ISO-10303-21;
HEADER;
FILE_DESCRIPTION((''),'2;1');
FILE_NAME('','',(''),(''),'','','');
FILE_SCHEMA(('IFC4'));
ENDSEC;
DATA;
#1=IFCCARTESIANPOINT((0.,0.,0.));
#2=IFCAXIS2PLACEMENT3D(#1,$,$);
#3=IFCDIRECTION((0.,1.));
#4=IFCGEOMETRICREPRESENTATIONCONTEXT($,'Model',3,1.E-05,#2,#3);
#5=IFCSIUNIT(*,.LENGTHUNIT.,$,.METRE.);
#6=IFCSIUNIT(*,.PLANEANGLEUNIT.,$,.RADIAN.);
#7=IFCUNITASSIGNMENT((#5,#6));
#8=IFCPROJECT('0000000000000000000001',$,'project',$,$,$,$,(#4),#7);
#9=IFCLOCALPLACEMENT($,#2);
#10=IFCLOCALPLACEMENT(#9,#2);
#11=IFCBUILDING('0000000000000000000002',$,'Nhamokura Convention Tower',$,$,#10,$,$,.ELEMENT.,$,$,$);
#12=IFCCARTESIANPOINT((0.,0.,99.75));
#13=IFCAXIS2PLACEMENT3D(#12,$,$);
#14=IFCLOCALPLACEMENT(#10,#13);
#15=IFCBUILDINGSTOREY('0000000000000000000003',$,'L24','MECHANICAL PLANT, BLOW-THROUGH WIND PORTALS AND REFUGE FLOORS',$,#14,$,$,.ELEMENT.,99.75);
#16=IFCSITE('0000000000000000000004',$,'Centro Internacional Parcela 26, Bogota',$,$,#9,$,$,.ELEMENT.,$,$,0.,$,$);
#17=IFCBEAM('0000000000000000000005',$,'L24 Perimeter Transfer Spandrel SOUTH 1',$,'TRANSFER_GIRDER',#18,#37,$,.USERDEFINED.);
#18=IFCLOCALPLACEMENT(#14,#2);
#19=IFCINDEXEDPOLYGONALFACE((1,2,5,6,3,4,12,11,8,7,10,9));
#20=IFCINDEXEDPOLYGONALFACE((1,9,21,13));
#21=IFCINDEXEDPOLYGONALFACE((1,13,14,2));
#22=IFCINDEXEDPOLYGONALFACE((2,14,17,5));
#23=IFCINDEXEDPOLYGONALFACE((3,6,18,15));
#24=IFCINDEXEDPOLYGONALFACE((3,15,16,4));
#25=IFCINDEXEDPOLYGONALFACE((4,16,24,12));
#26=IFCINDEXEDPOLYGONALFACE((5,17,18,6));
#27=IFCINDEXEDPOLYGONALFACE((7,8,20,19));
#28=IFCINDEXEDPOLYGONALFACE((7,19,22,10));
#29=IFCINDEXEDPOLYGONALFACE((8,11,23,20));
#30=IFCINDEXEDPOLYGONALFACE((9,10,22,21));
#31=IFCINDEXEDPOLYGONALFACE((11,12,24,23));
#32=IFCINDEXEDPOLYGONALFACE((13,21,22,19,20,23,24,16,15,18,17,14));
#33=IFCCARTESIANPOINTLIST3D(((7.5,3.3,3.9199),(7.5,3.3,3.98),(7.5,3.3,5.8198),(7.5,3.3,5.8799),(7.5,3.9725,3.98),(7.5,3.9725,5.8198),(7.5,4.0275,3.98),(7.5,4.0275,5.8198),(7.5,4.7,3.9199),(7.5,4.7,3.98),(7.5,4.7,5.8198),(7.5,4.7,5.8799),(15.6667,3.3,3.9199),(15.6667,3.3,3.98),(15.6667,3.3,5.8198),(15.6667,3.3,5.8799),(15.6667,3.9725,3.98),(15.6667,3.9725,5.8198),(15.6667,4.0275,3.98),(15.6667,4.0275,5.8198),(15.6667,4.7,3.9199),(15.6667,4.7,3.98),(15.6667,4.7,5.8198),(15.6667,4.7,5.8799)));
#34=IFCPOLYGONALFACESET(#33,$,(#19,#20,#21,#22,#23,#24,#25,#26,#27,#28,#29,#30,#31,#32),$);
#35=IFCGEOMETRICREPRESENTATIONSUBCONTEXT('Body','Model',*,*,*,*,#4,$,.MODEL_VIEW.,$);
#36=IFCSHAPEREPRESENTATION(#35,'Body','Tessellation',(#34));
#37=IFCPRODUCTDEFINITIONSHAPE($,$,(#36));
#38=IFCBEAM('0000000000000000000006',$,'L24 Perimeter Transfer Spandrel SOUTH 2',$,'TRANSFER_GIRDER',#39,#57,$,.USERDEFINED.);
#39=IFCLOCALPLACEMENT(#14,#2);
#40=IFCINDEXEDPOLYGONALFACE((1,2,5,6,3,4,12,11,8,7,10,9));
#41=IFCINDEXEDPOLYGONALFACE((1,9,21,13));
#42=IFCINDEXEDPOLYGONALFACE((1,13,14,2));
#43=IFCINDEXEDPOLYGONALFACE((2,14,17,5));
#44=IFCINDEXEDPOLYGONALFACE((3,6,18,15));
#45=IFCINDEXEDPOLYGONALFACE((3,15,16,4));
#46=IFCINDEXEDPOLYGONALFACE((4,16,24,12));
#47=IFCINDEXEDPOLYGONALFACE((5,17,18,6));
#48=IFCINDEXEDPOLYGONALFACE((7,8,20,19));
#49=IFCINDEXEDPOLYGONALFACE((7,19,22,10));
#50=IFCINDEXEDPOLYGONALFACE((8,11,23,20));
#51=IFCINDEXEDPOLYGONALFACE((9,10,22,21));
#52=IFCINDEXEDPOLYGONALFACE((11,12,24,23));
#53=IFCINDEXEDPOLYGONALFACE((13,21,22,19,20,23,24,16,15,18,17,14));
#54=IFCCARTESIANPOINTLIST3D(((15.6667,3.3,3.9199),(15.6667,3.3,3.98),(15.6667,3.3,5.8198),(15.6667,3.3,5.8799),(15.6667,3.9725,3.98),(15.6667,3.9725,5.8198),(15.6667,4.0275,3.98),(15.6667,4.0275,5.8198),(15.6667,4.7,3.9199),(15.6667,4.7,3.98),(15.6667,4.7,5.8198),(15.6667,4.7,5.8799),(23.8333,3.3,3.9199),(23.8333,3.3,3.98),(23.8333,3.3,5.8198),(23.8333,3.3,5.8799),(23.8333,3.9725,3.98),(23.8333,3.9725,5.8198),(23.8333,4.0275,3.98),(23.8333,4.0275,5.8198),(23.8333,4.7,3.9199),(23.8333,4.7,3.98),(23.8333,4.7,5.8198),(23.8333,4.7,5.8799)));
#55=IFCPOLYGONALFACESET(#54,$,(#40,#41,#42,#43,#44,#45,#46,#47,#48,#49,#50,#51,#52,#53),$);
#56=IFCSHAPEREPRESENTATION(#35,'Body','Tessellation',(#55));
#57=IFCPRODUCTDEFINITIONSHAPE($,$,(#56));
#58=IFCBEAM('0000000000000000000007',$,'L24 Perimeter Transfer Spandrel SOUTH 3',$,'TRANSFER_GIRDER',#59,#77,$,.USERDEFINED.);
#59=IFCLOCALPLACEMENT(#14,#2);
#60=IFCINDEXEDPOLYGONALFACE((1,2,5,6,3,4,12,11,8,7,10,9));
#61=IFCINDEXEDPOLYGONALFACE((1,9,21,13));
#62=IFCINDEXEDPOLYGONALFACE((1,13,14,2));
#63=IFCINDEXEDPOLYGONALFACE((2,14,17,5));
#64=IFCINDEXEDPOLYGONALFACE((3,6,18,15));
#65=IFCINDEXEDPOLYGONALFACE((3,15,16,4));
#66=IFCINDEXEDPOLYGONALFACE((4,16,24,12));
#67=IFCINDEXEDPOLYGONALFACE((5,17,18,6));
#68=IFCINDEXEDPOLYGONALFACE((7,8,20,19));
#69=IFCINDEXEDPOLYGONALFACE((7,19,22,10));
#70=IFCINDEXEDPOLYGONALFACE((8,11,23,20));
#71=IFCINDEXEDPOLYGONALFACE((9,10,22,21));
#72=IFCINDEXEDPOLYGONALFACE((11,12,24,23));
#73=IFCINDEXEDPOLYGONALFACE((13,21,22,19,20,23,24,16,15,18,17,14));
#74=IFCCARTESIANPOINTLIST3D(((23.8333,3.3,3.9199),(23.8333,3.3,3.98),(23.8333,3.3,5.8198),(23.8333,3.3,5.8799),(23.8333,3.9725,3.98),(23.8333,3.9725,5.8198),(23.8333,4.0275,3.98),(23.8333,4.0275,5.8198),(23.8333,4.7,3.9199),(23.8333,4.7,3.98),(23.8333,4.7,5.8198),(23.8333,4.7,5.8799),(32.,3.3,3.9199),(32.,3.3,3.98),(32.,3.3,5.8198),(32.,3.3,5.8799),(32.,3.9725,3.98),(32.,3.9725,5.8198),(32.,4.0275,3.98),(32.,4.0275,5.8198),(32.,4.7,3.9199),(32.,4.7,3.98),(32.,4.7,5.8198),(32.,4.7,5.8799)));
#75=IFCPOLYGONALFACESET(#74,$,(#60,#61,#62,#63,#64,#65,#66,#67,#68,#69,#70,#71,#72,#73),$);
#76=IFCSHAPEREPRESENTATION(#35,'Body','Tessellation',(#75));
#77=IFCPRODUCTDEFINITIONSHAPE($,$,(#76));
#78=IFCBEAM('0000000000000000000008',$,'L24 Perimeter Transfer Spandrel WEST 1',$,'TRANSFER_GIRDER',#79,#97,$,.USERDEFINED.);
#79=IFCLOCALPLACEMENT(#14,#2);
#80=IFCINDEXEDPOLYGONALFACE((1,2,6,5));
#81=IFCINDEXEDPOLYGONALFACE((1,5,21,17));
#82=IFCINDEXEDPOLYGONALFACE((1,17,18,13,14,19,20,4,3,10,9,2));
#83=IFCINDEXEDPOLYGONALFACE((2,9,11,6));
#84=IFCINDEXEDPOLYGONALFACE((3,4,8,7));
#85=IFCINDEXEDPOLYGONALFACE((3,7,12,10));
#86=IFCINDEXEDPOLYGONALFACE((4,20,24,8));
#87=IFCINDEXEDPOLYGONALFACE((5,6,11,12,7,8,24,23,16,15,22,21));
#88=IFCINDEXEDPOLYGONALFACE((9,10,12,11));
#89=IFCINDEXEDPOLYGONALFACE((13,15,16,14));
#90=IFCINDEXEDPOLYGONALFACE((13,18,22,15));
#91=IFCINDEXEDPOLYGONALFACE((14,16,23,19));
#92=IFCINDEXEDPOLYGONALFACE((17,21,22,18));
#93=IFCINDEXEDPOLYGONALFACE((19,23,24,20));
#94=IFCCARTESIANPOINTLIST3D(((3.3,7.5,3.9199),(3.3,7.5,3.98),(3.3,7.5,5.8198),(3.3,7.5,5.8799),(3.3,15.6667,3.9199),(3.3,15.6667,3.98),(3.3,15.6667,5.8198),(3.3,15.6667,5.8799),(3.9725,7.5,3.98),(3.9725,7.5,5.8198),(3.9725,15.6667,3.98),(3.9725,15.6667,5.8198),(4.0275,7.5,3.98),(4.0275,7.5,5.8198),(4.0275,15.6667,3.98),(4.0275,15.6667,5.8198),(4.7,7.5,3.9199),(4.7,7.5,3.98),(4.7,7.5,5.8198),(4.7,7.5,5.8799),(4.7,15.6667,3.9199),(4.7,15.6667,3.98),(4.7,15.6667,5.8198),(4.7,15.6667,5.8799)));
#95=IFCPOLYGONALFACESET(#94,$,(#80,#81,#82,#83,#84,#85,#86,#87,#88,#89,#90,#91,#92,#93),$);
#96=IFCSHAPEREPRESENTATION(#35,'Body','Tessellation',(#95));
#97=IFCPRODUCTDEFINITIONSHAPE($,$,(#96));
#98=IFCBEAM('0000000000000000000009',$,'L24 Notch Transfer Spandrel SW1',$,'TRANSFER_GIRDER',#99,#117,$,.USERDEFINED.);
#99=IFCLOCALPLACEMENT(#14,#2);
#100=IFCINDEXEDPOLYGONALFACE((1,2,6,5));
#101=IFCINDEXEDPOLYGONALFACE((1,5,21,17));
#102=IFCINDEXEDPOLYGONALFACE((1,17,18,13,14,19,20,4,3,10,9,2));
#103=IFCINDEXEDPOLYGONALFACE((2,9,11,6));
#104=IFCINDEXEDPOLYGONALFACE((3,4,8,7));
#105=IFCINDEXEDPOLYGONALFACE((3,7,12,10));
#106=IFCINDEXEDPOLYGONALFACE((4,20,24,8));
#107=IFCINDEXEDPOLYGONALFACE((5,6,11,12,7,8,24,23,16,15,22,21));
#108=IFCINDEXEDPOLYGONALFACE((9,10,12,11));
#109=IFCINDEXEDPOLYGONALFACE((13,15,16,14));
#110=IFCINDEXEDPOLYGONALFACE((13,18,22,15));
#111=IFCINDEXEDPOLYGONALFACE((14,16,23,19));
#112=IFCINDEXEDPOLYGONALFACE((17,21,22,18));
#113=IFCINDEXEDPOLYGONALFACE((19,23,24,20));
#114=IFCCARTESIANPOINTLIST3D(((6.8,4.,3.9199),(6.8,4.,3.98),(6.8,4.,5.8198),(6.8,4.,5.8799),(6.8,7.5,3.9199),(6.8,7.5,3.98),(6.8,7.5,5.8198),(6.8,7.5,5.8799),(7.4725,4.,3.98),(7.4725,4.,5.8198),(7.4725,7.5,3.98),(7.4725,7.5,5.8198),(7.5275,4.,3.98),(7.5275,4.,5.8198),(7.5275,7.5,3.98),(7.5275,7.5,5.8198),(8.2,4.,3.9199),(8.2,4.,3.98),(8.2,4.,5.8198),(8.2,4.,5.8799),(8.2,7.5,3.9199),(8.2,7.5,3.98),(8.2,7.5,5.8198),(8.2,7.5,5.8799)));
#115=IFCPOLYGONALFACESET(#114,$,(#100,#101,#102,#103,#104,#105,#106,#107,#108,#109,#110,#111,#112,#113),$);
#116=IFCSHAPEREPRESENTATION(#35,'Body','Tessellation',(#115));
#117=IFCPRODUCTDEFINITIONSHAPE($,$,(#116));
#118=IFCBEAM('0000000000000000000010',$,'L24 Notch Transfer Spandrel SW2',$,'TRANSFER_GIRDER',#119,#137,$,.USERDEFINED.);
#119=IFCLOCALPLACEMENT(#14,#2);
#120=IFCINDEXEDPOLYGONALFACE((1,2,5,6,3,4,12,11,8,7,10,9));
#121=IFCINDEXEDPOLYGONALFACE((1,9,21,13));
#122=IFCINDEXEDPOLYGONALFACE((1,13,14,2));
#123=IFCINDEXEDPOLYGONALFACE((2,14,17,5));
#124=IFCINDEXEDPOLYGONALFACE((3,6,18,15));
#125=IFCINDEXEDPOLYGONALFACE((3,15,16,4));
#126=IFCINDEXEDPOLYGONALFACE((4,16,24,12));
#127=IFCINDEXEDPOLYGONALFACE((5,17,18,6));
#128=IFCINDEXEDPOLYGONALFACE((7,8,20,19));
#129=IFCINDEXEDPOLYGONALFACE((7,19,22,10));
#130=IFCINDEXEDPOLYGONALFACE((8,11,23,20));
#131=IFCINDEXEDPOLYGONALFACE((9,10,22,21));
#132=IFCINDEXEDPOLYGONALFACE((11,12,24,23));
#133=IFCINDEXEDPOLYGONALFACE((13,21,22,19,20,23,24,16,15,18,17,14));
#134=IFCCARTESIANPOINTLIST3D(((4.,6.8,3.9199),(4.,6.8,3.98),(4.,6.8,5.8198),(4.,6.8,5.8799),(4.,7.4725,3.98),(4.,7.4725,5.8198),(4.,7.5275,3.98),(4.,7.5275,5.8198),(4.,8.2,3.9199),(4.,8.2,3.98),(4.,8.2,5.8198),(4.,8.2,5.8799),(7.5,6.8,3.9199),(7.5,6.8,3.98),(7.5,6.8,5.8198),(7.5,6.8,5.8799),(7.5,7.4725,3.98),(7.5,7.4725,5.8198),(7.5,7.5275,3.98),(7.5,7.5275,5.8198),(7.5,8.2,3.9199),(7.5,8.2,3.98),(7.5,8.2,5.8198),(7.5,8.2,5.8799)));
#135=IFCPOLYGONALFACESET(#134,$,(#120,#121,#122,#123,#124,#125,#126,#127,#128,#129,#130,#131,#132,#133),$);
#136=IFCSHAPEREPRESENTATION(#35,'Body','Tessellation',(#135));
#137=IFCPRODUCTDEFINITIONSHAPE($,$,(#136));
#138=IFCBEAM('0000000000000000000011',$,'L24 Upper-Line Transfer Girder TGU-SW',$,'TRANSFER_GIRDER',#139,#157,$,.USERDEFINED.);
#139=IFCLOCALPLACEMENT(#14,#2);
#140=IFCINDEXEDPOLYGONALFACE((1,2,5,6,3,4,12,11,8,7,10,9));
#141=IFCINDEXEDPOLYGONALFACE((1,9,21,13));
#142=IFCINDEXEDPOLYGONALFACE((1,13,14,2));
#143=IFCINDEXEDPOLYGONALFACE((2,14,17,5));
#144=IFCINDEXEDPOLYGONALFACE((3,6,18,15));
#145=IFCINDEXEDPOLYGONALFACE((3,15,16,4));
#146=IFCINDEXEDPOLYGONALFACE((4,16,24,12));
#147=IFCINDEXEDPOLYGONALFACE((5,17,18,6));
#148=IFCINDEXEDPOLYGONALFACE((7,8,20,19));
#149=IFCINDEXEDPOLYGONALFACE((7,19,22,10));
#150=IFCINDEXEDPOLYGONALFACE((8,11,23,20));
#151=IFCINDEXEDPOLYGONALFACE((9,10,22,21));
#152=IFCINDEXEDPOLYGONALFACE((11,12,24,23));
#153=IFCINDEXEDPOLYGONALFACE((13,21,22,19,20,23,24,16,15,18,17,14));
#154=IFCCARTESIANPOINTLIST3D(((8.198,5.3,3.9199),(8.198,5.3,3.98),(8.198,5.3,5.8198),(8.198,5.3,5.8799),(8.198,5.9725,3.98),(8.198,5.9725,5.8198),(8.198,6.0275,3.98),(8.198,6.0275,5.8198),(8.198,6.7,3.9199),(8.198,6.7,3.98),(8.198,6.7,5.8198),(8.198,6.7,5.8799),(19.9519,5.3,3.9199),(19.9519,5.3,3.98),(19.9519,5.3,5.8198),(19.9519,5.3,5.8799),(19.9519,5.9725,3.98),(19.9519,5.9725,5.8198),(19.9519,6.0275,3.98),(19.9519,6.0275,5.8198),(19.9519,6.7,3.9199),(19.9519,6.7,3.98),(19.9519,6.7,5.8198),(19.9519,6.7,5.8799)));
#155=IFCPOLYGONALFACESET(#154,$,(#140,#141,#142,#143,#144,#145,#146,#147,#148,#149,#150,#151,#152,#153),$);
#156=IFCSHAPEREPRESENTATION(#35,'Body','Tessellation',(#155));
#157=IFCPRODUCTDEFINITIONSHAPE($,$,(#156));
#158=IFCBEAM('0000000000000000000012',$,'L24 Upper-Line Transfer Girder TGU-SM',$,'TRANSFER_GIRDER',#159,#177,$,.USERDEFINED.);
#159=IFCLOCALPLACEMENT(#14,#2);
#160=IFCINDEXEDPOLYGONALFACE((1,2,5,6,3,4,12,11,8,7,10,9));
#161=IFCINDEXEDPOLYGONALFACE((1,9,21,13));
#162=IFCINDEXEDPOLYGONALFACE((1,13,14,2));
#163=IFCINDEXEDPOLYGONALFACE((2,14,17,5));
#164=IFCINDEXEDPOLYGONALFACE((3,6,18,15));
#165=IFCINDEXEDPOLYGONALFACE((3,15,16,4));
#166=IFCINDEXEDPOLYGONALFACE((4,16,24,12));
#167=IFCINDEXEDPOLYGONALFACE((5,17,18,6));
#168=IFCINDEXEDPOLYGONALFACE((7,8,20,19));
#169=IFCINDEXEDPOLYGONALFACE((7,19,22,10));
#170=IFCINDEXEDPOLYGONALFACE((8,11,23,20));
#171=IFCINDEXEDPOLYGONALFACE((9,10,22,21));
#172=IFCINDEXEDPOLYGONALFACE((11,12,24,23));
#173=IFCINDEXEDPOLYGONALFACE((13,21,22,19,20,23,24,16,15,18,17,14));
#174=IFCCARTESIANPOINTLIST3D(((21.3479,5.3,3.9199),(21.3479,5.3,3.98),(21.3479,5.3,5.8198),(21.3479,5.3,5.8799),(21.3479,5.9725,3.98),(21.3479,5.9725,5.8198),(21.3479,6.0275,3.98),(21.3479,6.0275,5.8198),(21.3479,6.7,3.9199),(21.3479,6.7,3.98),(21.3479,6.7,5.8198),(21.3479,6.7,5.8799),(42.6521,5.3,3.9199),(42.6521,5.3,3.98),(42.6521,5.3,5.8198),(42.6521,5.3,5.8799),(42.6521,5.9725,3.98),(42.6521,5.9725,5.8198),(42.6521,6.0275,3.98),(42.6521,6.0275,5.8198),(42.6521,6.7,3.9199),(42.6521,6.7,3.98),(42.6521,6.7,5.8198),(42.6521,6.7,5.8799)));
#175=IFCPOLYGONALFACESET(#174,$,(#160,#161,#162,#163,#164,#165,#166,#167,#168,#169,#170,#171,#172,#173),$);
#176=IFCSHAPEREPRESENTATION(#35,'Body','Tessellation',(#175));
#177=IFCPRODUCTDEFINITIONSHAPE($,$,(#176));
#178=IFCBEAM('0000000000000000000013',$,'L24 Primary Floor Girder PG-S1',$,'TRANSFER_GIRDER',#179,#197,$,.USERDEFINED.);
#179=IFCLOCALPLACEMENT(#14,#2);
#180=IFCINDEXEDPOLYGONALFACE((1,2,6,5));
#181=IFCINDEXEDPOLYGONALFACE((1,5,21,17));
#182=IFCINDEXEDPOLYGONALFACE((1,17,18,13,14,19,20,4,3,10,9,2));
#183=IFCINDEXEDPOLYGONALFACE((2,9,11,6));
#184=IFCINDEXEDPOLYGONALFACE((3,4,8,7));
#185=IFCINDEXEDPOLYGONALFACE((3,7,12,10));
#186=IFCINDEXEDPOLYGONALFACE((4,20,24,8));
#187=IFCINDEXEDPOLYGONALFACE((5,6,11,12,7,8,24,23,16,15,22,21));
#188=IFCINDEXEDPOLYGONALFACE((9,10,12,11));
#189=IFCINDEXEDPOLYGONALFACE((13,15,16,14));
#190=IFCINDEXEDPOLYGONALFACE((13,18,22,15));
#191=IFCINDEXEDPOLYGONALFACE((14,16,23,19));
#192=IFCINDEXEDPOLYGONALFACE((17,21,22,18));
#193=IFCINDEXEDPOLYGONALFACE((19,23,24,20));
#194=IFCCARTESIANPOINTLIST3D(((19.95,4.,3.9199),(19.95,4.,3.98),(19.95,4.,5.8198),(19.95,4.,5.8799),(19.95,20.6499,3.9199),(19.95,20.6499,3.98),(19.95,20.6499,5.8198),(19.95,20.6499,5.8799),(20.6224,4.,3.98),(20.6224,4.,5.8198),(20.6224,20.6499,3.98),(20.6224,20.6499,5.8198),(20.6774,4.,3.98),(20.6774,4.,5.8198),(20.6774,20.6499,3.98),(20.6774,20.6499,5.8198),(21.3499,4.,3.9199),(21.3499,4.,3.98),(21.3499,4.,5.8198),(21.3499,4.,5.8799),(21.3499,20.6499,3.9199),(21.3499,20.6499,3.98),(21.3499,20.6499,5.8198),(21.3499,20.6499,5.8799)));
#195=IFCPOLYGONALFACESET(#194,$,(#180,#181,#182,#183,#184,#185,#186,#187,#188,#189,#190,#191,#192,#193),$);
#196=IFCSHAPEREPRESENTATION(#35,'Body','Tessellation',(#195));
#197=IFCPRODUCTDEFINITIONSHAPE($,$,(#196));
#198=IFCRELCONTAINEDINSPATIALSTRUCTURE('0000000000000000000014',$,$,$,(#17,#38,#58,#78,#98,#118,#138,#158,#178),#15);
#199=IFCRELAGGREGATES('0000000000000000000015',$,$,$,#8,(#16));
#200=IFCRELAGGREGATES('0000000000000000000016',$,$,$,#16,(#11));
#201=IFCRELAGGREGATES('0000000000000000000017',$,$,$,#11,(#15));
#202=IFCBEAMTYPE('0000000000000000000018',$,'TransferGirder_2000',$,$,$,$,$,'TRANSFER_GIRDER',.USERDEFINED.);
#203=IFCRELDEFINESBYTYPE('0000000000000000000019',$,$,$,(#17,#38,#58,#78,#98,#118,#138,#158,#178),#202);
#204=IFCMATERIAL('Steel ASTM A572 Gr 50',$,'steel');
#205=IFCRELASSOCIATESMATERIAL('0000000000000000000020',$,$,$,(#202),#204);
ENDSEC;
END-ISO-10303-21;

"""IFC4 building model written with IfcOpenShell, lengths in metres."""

from ifc_helpers import new_model, si_unit, direction, frame, origin, origin_2d, place, context, subcontext, project, spatial, i_section, extrude, material, material_profile, profile_set, type_object, element, save


model = new_model("IFC4")

# Units and contexts
model_context = context("Model", 3, precision=1e-05, world=origin(), true_north=direction((0.0, 1.0)))
body_context = subcontext(model_context, "Body", "Model", "MODEL_VIEW")
ifc_project = project(units=[si_unit("LENGTHUNIT", "METRE"), si_unit("PLANEANGLEUNIT", "RADIAN")], contexts=[model_context])

# Site, building, storey
site_placement = place(None, origin())
site = spatial("IfcSite", under=ifc_project, at=site_placement, Name="Centro Internacional Parcela 26, Bogota", CompositionType="ELEMENT", RefElevation=0.0)
building_placement = place(site_placement, origin())
building = spatial("IfcBuilding", under=site, at=building_placement, Name="Nhamokura Convention Tower", CompositionType="ELEMENT")
storey_placement = place(building_placement, frame((0.0, 0.0, 99.75)))
storey = spatial("IfcBuildingStorey", under=building, at=storey_placement, Name="L24", Description="MECHANICAL PLANT, BLOW-THROUGH WIND PORTALS AND REFUGE FLOORS", CompositionType="ELEMENT", Elevation=99.75)

# Beams
ifc_material_1 = material(Name="Steel ASTM A572 Gr 50", Category="steel")
ifc_material_profile_1 = material_profile(ifc_material_1, i_section(OverallWidth=1.3999, OverallDepth=1.96, WebThickness=0.0549, FlangeThickness=0.0601, at=origin_2d()))
ifc_profile_set_1 = profile_set([ifc_material_profile_1], Name="Steel ASTM A572 Gr 50")
beam_type_1 = type_object("IfcBeamType", Name="TransferGirder_2000", ElementType="TRANSFER_GIRDER", PredefinedType="USERDEFINED", material=ifc_profile_set_1)
beam_1_placement = place(storey_placement, frame((7.5, 4.0, 4.8999), z_axis=(1.0, 0.0, 0.0), x_axis=(0.0, 1.0, 0.0)))
element("IfcBeam", 1, at=beam_1_placement, inside=storey, type_object=beam_type_1, Name="L24 Perimeter Transfer Spandrel SOUTH 1", ObjectType="TRANSFER_GIRDER", PredefinedType="USERDEFINED", context=body_context, shape_type="SweptSolid", body=[
    extrude(i_section(OverallWidth=1.3999, OverallDepth=1.96, WebThickness=0.0549, FlangeThickness=0.0601, at=origin_2d()), origin(), (0.0, 0.0, 1.0), 8.1667),
])
beam_2_placement = place(storey_placement, frame((15.6667, 4.0, 4.8999), z_axis=(1.0, 0.0, 0.0), x_axis=(0.0, 1.0, 0.0)))
element("IfcBeam", 2, at=beam_2_placement, inside=storey, type_object=beam_type_1, Name="L24 Perimeter Transfer Spandrel SOUTH 2", ObjectType="TRANSFER_GIRDER", PredefinedType="USERDEFINED", context=body_context, shape_type="SweptSolid", body=[
    extrude(i_section(OverallWidth=1.3999, OverallDepth=1.96, WebThickness=0.0549, FlangeThickness=0.0601, at=origin_2d()), origin(), (0.0, 0.0, 1.0), 8.1665),
])
for number, where, z_axis, x_axis, name in (
    (3, (23.8333, 4.0, 4.8999), (1.0, 0.0, 0.0), (0.0, 1.0, 0.0), "L24 Perimeter Transfer Spandrel SOUTH 3"),
    (4, (4.0, 7.5, 4.8999), (0.0, 1.0, 0.0), (-1.0, 0.0, 0.0), "L24 Perimeter Transfer Spandrel WEST 1"),
):
    element("IfcBeam", number, at=place(storey_placement, frame(where, z_axis=z_axis, x_axis=x_axis)), inside=storey, type_object=beam_type_1, Name=name, ObjectType="TRANSFER_GIRDER", PredefinedType="USERDEFINED", context=body_context, shape_type="SweptSolid", body=[
        extrude(i_section(OverallWidth=1.3999, OverallDepth=1.96, WebThickness=0.0549, FlangeThickness=0.0601, at=origin_2d()), origin(), (0.0, 0.0, 1.0), 8.1667),
    ])
for number, where, z_axis, x_axis, name in (
    (5, (7.5, 4.0, 4.8999), (0.0, 1.0, 0.0), (-1.0, 0.0, 0.0), "L24 Notch Transfer Spandrel SW1"),
    (6, (7.5, 7.5, 4.8999), (-1.0, 0.0, 0.0), (0.0, -1.0, 0.0), "L24 Notch Transfer Spandrel SW2"),
):
    element("IfcBeam", number, at=place(storey_placement, frame(where, z_axis=z_axis, x_axis=x_axis)), inside=storey, type_object=beam_type_1, Name=name, ObjectType="TRANSFER_GIRDER", PredefinedType="USERDEFINED", context=body_context, shape_type="SweptSolid", body=[
        extrude(i_section(OverallWidth=1.3999, OverallDepth=1.96, WebThickness=0.0549, FlangeThickness=0.0601, at=origin_2d()), origin(), (0.0, 0.0, 1.0), 3.5),
    ])
beam_3_placement = place(storey_placement, frame((8.198, 6.0, 4.8999), z_axis=(1.0, 0.0, 0.0), x_axis=(0.0, 1.0, 0.0)))
element("IfcBeam", 7, at=beam_3_placement, inside=storey, type_object=beam_type_1, Name="L24 Upper-Line Transfer Girder TGU-SW", ObjectType="TRANSFER_GIRDER", PredefinedType="USERDEFINED", context=body_context, shape_type="SweptSolid", body=[
    extrude(i_section(OverallWidth=1.3999, OverallDepth=1.96, WebThickness=0.0549, FlangeThickness=0.0601, at=origin_2d()), origin(), (0.0, 0.0, 1.0), 11.7539),
])
beam_4_placement = place(storey_placement, frame((21.3479, 6.0, 4.8999), z_axis=(1.0, 0.0, 0.0), x_axis=(0.0, 1.0, 0.0)))
element("IfcBeam", 8, at=beam_4_placement, inside=storey, type_object=beam_type_1, Name="L24 Upper-Line Transfer Girder TGU-SM", ObjectType="TRANSFER_GIRDER", PredefinedType="USERDEFINED", context=body_context, shape_type="SweptSolid", body=[
    extrude(i_section(OverallWidth=1.3999, OverallDepth=1.96, WebThickness=0.0549, FlangeThickness=0.0601, at=origin_2d()), origin(), (0.0, 0.0, 1.0), 21.3042),
])
beam_5_placement = place(storey_placement, frame((20.6499, 4.0, 4.8999), z_axis=(0.0, 1.0, 0.0), x_axis=(-1.0, 0.0, 0.0)))
element("IfcBeam", 9, at=beam_5_placement, inside=storey, type_object=beam_type_1, Name="L24 Primary Floor Girder PG-S1", ObjectType="TRANSFER_GIRDER", PredefinedType="USERDEFINED", context=body_context, shape_type="SweptSolid", body=[
    extrude(i_section(OverallWidth=1.3999, OverallDepth=1.96, WebThickness=0.0549, FlangeThickness=0.0601, at=origin_2d()), origin(), (0.0, 0.0, 1.0), 16.6499),
])

save(model, "model.ifc")
